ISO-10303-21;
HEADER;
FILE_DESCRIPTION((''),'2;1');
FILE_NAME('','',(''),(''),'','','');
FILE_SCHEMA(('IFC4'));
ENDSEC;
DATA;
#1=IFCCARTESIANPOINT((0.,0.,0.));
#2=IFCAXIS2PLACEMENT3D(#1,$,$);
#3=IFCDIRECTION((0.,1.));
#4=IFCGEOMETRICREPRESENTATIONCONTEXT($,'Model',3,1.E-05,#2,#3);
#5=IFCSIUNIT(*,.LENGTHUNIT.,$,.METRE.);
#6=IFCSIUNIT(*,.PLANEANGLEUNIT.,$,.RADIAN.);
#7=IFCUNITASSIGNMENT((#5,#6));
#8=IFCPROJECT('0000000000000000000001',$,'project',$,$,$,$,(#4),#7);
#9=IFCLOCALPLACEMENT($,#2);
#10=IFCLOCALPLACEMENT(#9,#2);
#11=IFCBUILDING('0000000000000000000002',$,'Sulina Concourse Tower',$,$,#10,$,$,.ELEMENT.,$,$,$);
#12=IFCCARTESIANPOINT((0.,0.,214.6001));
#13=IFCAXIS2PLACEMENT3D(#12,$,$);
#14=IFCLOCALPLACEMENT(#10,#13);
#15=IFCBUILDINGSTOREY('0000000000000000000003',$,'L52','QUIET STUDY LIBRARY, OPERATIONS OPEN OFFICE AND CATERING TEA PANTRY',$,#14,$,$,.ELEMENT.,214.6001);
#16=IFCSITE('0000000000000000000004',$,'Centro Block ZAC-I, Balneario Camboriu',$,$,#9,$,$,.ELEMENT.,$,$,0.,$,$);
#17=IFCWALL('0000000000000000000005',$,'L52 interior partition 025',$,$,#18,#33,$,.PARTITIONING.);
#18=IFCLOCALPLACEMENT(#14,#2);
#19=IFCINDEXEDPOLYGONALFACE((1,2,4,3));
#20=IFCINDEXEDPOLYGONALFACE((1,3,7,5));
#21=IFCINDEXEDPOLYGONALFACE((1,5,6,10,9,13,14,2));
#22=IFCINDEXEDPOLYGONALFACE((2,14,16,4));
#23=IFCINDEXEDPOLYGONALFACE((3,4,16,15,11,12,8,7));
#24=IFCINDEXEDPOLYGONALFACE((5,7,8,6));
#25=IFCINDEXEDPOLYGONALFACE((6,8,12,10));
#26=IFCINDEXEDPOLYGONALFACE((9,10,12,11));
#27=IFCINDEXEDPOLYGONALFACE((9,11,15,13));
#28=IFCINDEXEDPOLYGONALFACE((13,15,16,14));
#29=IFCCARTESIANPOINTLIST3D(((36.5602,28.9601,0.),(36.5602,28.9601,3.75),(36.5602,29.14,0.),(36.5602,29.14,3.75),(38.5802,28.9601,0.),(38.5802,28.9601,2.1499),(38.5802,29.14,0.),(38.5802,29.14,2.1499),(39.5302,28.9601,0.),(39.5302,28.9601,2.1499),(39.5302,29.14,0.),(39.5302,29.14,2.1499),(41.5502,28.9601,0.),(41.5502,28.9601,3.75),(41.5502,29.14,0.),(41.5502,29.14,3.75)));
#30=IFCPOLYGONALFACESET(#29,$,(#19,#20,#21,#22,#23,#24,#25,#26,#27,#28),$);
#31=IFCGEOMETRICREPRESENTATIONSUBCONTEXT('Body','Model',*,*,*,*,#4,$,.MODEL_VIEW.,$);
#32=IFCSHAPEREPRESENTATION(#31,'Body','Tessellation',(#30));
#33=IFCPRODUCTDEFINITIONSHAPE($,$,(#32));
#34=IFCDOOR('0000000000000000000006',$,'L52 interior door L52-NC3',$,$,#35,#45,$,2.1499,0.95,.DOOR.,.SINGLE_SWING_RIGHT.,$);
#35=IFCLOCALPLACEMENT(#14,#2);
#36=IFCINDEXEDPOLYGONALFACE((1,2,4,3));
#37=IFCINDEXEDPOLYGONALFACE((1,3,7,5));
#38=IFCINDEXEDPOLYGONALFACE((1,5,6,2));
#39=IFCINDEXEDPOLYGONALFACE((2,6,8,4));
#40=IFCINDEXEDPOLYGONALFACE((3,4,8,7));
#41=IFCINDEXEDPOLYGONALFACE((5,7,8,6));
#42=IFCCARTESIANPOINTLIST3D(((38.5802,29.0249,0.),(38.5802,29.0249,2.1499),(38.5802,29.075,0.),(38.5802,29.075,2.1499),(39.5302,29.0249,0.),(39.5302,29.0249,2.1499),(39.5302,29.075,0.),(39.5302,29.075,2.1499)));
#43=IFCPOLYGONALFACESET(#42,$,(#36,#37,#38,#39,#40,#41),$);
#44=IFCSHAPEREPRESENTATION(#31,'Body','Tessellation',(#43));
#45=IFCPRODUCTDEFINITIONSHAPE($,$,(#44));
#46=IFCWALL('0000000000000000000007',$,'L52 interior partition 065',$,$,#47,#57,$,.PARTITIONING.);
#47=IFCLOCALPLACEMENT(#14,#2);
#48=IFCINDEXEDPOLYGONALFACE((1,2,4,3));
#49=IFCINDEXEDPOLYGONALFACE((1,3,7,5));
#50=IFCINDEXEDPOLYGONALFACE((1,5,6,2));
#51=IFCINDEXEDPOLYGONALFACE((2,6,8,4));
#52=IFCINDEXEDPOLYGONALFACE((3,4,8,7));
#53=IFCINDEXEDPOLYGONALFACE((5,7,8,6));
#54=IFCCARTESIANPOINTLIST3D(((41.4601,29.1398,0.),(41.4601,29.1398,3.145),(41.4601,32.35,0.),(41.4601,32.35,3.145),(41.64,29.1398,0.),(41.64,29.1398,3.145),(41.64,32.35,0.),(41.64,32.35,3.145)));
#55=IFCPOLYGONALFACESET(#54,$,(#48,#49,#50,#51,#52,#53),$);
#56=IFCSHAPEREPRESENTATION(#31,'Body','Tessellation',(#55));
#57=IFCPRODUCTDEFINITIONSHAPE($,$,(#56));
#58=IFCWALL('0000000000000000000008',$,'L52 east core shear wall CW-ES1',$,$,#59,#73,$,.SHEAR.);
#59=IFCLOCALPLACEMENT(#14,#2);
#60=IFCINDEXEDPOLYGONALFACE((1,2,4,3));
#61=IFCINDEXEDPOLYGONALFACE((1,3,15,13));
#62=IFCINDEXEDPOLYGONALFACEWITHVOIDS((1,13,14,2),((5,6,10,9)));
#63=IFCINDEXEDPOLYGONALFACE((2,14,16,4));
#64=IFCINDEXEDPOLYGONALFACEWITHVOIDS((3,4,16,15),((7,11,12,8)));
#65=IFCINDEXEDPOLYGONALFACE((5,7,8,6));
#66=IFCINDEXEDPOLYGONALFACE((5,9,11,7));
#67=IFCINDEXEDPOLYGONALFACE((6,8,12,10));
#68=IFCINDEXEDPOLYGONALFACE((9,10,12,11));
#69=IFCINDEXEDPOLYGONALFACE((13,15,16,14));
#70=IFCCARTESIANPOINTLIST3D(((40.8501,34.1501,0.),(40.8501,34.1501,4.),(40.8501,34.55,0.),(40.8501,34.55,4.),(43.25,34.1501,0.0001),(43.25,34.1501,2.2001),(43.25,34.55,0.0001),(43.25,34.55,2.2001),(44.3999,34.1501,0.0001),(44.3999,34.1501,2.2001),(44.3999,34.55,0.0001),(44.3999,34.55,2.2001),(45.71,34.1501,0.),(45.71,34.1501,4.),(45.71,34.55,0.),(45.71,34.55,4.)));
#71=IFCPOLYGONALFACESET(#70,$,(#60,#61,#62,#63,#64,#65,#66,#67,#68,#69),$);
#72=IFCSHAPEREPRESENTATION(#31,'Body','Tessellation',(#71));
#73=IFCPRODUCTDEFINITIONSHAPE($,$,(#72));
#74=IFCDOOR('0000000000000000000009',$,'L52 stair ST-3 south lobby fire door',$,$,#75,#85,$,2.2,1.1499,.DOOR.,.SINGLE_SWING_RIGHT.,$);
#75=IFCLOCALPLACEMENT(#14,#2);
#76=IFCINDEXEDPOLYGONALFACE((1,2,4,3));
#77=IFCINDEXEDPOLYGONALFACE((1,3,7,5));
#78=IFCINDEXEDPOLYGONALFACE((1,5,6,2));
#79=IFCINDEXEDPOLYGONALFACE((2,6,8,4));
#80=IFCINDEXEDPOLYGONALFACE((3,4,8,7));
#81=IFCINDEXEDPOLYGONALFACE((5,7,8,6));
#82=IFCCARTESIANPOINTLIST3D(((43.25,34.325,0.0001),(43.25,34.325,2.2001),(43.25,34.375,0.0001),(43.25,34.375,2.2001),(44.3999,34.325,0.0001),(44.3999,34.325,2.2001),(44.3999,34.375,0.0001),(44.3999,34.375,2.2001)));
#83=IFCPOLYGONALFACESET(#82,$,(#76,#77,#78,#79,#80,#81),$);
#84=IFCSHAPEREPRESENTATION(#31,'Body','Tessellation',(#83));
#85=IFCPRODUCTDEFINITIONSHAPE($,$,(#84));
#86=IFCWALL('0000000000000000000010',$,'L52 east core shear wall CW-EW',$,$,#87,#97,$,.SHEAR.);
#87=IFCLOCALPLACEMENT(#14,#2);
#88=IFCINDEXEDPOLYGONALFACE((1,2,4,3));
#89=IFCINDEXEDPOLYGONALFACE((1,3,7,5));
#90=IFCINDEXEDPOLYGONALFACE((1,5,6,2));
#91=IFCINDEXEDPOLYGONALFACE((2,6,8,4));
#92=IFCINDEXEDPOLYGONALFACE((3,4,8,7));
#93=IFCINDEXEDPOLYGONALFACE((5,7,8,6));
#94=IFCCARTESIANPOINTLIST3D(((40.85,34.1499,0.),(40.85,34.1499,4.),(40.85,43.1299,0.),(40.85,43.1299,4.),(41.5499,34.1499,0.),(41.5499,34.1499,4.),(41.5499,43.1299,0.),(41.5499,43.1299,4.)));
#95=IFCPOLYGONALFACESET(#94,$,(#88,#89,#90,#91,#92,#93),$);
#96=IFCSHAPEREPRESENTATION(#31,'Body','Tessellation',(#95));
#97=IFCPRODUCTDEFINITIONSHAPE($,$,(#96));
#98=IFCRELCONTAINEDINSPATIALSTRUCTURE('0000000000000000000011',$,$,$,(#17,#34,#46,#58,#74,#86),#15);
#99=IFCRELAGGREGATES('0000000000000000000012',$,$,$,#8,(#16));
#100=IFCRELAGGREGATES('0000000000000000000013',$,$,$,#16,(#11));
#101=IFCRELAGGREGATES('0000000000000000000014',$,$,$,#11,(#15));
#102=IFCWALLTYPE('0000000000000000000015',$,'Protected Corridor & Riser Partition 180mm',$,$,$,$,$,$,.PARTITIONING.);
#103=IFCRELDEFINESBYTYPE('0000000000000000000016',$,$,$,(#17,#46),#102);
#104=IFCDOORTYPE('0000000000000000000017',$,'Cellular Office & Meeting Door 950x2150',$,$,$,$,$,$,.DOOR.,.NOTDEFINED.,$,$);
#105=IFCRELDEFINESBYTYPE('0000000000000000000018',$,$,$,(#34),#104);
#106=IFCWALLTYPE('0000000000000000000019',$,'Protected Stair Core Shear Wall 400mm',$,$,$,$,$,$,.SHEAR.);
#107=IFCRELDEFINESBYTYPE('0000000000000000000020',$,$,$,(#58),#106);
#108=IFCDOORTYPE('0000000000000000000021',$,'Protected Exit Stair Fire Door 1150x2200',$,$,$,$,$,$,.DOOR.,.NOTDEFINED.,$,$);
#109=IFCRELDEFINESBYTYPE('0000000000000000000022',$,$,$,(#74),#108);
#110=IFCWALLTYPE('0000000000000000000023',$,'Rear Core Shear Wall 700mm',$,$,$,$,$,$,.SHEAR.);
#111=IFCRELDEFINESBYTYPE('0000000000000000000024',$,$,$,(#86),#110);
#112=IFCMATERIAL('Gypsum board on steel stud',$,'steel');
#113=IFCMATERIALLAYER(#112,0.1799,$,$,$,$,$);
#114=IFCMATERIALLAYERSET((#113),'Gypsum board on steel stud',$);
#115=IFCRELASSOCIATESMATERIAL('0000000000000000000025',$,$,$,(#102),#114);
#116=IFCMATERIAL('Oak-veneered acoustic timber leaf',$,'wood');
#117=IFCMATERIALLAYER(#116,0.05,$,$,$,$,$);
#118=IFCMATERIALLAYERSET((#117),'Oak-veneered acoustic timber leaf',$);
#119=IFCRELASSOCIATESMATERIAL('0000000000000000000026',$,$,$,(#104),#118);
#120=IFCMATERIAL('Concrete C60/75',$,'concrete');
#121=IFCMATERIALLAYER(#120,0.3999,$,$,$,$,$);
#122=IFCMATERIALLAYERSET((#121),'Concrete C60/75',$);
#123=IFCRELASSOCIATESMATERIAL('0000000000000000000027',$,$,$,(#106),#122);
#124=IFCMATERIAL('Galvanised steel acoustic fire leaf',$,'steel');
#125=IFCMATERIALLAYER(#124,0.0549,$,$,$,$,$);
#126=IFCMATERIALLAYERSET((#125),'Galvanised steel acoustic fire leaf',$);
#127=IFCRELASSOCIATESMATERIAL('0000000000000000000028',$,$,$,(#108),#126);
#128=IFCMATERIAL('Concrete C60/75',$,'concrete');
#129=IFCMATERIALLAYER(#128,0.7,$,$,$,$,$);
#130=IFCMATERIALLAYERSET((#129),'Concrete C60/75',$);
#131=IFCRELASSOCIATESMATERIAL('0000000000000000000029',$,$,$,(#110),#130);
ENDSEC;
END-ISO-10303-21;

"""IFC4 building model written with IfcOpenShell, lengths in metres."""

from ifc_helpers import new_model, si_unit, direction, frame, frame_2d, origin, place, context, subcontext, project, spatial, rectangle, extrude, material, layer, layer_set, type_object, element, fill, save


model = new_model("IFC4")

# Units and contexts
model_context = context("Model", 3, precision=1e-05, world=origin(), true_north=direction((0.0, 1.0)))
body_context = subcontext(model_context, "Body", "Model", "MODEL_VIEW")
ifc_project = project(units=[si_unit("LENGTHUNIT", "METRE"), si_unit("PLANEANGLEUNIT", "RADIAN")], contexts=[model_context])

# Site, building, storey
site_placement = place(None, origin())
site = spatial("IfcSite", under=ifc_project, at=site_placement, Name="Centro Block ZAC-I, Balneario Camboriu", CompositionType="ELEMENT", RefElevation=0.0)
building_placement = place(site_placement, origin())
building = spatial("IfcBuilding", under=site, at=building_placement, Name="Sulina Concourse Tower", CompositionType="ELEMENT")
storey_placement = place(building_placement, frame((0.0, 0.0, 214.6001)))
storey = spatial("IfcBuildingStorey", under=building, at=storey_placement, Name="L52", Description="QUIET STUDY LIBRARY, OPERATIONS OPEN OFFICE AND CATERING TEA PANTRY", CompositionType="ELEMENT", Elevation=214.6001)

# Shared definitions
ifc_material_1 = material(Name="Gypsum board on steel stud", Category="steel")
ifc_layer_1 = layer(ifc_material_1, 0.1799)
ifc_layer_set_1 = layer_set([ifc_layer_1], Name="Gypsum board on steel stud")
wall_type_1 = type_object("IfcWallType", Name="Protected Corridor & Riser Partition 180mm", PredefinedType="PARTITIONING", material=ifc_layer_set_1)

# Wall, opening, door
wall_1_placement = place(storey_placement, frame((36.5601, 29.05, 0.0), z_axis=(0.0, 0.0, 1.0), x_axis=(1.0, 0.0, 0.0)))
wall_1 = element("IfcWall", 1, at=wall_1_placement, inside=storey, type_object=wall_type_1, Name="L52 interior partition 025", PredefinedType="PARTITIONING", context=body_context, shape_type="SweptSolid", body=[
    extrude(rectangle(XDim=4.99, YDim=0.1799, at=frame_2d((2.4951, 0.0))), origin(), (0.0, 0.0, 1.0), 3.75),
])
opening_1_placement = place(wall_1_placement, frame((2.02, 0.0, 0.0)))
opening_1 = element("IfcOpeningElement", 2, at=opening_1_placement, cuts=wall_1, PredefinedType="OPENING", context=body_context, shape_type="SweptSolid", body=[
    extrude(rectangle(XDim=0.95, YDim=2.1499, at=frame_2d((0.4751, 1.075))), frame((0.0, 0.0999, 0.0), z_axis=(0.0, -1.0, 0.0), x_axis=(1.0, 0.0, 0.0)), (0.0, 0.0, 1.0), 0.2),
])
ifc_material_2 = material(Name="Oak-veneered acoustic timber leaf", Category="wood")
ifc_layer_2 = layer(ifc_material_2, 0.05)
ifc_layer_set_2 = layer_set([ifc_layer_2], Name="Oak-veneered acoustic timber leaf")
door_type_1 = type_object("IfcDoorType", Name="Cellular Office & Meeting Door 950x2150", OperationType="NOTDEFINED", PredefinedType="DOOR", material=ifc_layer_set_2)
door_1_placement = place(opening_1_placement, origin())
door_1 = element("IfcDoor", 3, at=door_1_placement, inside=storey, type_object=door_type_1, Name="L52 interior door L52-NC3", OperationType="SINGLE_SWING_RIGHT", OverallHeight=2.1499, OverallWidth=0.95, PredefinedType="DOOR", context=body_context, shape_type="SweptSolid", body=[
    extrude(rectangle(XDim=0.95, YDim=2.1499, at=frame_2d((0.4751, 1.075))), frame((0.0, 0.0249, 0.0), z_axis=(0.0, -1.0, 0.0), x_axis=(1.0, 0.0, 0.0)), (0.0, 0.0, 1.0), 0.05),
])
fill(opening_1, door_1)

# Wall
wall_2_placement = place(storey_placement, frame((41.55, 29.1399, 0.0), z_axis=(0.0, 0.0, 1.0), x_axis=(0.0, 1.0, 0.0)))
element("IfcWall", 4, at=wall_2_placement, inside=storey, type_object=wall_type_1, Name="L52 interior partition 065", PredefinedType="PARTITIONING", context=body_context, shape_type="SweptSolid", body=[
    extrude(rectangle(XDim=3.2102, YDim=0.1799, at=frame_2d((1.605, 0.0))), origin(), (0.0, 0.0, 1.0), 3.145),
])

# Wall, opening, door
ifc_material_3 = material(Name="Concrete C60/75", Category="concrete")
ifc_layer_3 = layer(ifc_material_3, 0.3999)
ifc_layer_set_3 = layer_set([ifc_layer_3], Name="Concrete C60/75")
wall_type_2 = type_object("IfcWallType", Name="Protected Stair Core Shear Wall 400mm", PredefinedType="SHEAR", material=ifc_layer_set_3)
wall_3_placement = place(storey_placement, frame((40.8501, 34.3501, 0.0), z_axis=(0.0, 0.0, 1.0), x_axis=(1.0, 0.0, 0.0)))
wall_3 = element("IfcWall", 5, at=wall_3_placement, inside=storey, type_object=wall_type_2, Name="L52 east core shear wall CW-ES1", PredefinedType="SHEAR", context=body_context, shape_type="SweptSolid", body=[
    extrude(rectangle(XDim=4.8599, YDim=0.3999, at=frame_2d((2.4299, 0.0))), origin(), (0.0, 0.0, 1.0), 4.0),
])
opening_2_placement = place(wall_3_placement, frame((2.3999, 0.0, 0.0)))
opening_2 = element("IfcOpeningElement", 6, at=opening_2_placement, cuts=wall_3, PredefinedType="OPENING", context=body_context, shape_type="SweptSolid", body=[
    extrude(rectangle(XDim=1.1499, YDim=2.2, at=frame_2d((0.575, 1.1001))), frame((0.0, 0.21, 0.0), z_axis=(0.0, -1.0, 0.0), x_axis=(1.0, 0.0, 0.0)), (0.0, 0.0, 1.0), 0.4199),
])
ifc_material_4 = material(Name="Galvanised steel acoustic fire leaf", Category="steel")
ifc_layer_4 = layer(ifc_material_4, 0.0549)
ifc_layer_set_4 = layer_set([ifc_layer_4], Name="Galvanised steel acoustic fire leaf")
door_type_2 = type_object("IfcDoorType", Name="Protected Exit Stair Fire Door 1150x2200", OperationType="NOTDEFINED", PredefinedType="DOOR", material=ifc_layer_set_4)
door_2_placement = place(opening_2_placement, origin())
door_2 = element("IfcDoor", 7, at=door_2_placement, inside=storey, type_object=door_type_2, Name="L52 stair ST-3 south lobby fire door", OperationType="SINGLE_SWING_RIGHT", OverallHeight=2.2, OverallWidth=1.1499, PredefinedType="DOOR", context=body_context, shape_type="SweptSolid", body=[
    extrude(rectangle(XDim=1.1499, YDim=2.2, at=frame_2d((0.575, 1.1001))), frame((0.0, 0.0249, 0.0), z_axis=(0.0, -1.0, 0.0), x_axis=(1.0, 0.0, 0.0)), (0.0, 0.0, 1.0), 0.05),
])
fill(opening_2, door_2)

# Wall
ifc_material_5 = material(Name="Concrete C60/75", Category="concrete")
ifc_layer_5 = layer(ifc_material_5, 0.7)
ifc_layer_set_5 = layer_set([ifc_layer_5], Name="Concrete C60/75")
wall_type_3 = type_object("IfcWallType", Name="Rear Core Shear Wall 700mm", PredefinedType="SHEAR", material=ifc_layer_set_5)
wall_4_placement = place(storey_placement, frame((41.2, 34.1499, 0.0), z_axis=(0.0, 0.0, 1.0), x_axis=(0.0, 1.0, 0.0)))
element("IfcWall", 8, at=wall_4_placement, inside=storey, type_object=wall_type_3, Name="L52 east core shear wall CW-EW", PredefinedType="SHEAR", context=body_context, shape_type="SweptSolid", body=[
    extrude(rectangle(XDim=8.98, YDim=0.7, at=frame_2d((4.49, 0.0))), origin(), (0.0, 0.0, 1.0), 4.0),
])

save(model, "model.ifc")
